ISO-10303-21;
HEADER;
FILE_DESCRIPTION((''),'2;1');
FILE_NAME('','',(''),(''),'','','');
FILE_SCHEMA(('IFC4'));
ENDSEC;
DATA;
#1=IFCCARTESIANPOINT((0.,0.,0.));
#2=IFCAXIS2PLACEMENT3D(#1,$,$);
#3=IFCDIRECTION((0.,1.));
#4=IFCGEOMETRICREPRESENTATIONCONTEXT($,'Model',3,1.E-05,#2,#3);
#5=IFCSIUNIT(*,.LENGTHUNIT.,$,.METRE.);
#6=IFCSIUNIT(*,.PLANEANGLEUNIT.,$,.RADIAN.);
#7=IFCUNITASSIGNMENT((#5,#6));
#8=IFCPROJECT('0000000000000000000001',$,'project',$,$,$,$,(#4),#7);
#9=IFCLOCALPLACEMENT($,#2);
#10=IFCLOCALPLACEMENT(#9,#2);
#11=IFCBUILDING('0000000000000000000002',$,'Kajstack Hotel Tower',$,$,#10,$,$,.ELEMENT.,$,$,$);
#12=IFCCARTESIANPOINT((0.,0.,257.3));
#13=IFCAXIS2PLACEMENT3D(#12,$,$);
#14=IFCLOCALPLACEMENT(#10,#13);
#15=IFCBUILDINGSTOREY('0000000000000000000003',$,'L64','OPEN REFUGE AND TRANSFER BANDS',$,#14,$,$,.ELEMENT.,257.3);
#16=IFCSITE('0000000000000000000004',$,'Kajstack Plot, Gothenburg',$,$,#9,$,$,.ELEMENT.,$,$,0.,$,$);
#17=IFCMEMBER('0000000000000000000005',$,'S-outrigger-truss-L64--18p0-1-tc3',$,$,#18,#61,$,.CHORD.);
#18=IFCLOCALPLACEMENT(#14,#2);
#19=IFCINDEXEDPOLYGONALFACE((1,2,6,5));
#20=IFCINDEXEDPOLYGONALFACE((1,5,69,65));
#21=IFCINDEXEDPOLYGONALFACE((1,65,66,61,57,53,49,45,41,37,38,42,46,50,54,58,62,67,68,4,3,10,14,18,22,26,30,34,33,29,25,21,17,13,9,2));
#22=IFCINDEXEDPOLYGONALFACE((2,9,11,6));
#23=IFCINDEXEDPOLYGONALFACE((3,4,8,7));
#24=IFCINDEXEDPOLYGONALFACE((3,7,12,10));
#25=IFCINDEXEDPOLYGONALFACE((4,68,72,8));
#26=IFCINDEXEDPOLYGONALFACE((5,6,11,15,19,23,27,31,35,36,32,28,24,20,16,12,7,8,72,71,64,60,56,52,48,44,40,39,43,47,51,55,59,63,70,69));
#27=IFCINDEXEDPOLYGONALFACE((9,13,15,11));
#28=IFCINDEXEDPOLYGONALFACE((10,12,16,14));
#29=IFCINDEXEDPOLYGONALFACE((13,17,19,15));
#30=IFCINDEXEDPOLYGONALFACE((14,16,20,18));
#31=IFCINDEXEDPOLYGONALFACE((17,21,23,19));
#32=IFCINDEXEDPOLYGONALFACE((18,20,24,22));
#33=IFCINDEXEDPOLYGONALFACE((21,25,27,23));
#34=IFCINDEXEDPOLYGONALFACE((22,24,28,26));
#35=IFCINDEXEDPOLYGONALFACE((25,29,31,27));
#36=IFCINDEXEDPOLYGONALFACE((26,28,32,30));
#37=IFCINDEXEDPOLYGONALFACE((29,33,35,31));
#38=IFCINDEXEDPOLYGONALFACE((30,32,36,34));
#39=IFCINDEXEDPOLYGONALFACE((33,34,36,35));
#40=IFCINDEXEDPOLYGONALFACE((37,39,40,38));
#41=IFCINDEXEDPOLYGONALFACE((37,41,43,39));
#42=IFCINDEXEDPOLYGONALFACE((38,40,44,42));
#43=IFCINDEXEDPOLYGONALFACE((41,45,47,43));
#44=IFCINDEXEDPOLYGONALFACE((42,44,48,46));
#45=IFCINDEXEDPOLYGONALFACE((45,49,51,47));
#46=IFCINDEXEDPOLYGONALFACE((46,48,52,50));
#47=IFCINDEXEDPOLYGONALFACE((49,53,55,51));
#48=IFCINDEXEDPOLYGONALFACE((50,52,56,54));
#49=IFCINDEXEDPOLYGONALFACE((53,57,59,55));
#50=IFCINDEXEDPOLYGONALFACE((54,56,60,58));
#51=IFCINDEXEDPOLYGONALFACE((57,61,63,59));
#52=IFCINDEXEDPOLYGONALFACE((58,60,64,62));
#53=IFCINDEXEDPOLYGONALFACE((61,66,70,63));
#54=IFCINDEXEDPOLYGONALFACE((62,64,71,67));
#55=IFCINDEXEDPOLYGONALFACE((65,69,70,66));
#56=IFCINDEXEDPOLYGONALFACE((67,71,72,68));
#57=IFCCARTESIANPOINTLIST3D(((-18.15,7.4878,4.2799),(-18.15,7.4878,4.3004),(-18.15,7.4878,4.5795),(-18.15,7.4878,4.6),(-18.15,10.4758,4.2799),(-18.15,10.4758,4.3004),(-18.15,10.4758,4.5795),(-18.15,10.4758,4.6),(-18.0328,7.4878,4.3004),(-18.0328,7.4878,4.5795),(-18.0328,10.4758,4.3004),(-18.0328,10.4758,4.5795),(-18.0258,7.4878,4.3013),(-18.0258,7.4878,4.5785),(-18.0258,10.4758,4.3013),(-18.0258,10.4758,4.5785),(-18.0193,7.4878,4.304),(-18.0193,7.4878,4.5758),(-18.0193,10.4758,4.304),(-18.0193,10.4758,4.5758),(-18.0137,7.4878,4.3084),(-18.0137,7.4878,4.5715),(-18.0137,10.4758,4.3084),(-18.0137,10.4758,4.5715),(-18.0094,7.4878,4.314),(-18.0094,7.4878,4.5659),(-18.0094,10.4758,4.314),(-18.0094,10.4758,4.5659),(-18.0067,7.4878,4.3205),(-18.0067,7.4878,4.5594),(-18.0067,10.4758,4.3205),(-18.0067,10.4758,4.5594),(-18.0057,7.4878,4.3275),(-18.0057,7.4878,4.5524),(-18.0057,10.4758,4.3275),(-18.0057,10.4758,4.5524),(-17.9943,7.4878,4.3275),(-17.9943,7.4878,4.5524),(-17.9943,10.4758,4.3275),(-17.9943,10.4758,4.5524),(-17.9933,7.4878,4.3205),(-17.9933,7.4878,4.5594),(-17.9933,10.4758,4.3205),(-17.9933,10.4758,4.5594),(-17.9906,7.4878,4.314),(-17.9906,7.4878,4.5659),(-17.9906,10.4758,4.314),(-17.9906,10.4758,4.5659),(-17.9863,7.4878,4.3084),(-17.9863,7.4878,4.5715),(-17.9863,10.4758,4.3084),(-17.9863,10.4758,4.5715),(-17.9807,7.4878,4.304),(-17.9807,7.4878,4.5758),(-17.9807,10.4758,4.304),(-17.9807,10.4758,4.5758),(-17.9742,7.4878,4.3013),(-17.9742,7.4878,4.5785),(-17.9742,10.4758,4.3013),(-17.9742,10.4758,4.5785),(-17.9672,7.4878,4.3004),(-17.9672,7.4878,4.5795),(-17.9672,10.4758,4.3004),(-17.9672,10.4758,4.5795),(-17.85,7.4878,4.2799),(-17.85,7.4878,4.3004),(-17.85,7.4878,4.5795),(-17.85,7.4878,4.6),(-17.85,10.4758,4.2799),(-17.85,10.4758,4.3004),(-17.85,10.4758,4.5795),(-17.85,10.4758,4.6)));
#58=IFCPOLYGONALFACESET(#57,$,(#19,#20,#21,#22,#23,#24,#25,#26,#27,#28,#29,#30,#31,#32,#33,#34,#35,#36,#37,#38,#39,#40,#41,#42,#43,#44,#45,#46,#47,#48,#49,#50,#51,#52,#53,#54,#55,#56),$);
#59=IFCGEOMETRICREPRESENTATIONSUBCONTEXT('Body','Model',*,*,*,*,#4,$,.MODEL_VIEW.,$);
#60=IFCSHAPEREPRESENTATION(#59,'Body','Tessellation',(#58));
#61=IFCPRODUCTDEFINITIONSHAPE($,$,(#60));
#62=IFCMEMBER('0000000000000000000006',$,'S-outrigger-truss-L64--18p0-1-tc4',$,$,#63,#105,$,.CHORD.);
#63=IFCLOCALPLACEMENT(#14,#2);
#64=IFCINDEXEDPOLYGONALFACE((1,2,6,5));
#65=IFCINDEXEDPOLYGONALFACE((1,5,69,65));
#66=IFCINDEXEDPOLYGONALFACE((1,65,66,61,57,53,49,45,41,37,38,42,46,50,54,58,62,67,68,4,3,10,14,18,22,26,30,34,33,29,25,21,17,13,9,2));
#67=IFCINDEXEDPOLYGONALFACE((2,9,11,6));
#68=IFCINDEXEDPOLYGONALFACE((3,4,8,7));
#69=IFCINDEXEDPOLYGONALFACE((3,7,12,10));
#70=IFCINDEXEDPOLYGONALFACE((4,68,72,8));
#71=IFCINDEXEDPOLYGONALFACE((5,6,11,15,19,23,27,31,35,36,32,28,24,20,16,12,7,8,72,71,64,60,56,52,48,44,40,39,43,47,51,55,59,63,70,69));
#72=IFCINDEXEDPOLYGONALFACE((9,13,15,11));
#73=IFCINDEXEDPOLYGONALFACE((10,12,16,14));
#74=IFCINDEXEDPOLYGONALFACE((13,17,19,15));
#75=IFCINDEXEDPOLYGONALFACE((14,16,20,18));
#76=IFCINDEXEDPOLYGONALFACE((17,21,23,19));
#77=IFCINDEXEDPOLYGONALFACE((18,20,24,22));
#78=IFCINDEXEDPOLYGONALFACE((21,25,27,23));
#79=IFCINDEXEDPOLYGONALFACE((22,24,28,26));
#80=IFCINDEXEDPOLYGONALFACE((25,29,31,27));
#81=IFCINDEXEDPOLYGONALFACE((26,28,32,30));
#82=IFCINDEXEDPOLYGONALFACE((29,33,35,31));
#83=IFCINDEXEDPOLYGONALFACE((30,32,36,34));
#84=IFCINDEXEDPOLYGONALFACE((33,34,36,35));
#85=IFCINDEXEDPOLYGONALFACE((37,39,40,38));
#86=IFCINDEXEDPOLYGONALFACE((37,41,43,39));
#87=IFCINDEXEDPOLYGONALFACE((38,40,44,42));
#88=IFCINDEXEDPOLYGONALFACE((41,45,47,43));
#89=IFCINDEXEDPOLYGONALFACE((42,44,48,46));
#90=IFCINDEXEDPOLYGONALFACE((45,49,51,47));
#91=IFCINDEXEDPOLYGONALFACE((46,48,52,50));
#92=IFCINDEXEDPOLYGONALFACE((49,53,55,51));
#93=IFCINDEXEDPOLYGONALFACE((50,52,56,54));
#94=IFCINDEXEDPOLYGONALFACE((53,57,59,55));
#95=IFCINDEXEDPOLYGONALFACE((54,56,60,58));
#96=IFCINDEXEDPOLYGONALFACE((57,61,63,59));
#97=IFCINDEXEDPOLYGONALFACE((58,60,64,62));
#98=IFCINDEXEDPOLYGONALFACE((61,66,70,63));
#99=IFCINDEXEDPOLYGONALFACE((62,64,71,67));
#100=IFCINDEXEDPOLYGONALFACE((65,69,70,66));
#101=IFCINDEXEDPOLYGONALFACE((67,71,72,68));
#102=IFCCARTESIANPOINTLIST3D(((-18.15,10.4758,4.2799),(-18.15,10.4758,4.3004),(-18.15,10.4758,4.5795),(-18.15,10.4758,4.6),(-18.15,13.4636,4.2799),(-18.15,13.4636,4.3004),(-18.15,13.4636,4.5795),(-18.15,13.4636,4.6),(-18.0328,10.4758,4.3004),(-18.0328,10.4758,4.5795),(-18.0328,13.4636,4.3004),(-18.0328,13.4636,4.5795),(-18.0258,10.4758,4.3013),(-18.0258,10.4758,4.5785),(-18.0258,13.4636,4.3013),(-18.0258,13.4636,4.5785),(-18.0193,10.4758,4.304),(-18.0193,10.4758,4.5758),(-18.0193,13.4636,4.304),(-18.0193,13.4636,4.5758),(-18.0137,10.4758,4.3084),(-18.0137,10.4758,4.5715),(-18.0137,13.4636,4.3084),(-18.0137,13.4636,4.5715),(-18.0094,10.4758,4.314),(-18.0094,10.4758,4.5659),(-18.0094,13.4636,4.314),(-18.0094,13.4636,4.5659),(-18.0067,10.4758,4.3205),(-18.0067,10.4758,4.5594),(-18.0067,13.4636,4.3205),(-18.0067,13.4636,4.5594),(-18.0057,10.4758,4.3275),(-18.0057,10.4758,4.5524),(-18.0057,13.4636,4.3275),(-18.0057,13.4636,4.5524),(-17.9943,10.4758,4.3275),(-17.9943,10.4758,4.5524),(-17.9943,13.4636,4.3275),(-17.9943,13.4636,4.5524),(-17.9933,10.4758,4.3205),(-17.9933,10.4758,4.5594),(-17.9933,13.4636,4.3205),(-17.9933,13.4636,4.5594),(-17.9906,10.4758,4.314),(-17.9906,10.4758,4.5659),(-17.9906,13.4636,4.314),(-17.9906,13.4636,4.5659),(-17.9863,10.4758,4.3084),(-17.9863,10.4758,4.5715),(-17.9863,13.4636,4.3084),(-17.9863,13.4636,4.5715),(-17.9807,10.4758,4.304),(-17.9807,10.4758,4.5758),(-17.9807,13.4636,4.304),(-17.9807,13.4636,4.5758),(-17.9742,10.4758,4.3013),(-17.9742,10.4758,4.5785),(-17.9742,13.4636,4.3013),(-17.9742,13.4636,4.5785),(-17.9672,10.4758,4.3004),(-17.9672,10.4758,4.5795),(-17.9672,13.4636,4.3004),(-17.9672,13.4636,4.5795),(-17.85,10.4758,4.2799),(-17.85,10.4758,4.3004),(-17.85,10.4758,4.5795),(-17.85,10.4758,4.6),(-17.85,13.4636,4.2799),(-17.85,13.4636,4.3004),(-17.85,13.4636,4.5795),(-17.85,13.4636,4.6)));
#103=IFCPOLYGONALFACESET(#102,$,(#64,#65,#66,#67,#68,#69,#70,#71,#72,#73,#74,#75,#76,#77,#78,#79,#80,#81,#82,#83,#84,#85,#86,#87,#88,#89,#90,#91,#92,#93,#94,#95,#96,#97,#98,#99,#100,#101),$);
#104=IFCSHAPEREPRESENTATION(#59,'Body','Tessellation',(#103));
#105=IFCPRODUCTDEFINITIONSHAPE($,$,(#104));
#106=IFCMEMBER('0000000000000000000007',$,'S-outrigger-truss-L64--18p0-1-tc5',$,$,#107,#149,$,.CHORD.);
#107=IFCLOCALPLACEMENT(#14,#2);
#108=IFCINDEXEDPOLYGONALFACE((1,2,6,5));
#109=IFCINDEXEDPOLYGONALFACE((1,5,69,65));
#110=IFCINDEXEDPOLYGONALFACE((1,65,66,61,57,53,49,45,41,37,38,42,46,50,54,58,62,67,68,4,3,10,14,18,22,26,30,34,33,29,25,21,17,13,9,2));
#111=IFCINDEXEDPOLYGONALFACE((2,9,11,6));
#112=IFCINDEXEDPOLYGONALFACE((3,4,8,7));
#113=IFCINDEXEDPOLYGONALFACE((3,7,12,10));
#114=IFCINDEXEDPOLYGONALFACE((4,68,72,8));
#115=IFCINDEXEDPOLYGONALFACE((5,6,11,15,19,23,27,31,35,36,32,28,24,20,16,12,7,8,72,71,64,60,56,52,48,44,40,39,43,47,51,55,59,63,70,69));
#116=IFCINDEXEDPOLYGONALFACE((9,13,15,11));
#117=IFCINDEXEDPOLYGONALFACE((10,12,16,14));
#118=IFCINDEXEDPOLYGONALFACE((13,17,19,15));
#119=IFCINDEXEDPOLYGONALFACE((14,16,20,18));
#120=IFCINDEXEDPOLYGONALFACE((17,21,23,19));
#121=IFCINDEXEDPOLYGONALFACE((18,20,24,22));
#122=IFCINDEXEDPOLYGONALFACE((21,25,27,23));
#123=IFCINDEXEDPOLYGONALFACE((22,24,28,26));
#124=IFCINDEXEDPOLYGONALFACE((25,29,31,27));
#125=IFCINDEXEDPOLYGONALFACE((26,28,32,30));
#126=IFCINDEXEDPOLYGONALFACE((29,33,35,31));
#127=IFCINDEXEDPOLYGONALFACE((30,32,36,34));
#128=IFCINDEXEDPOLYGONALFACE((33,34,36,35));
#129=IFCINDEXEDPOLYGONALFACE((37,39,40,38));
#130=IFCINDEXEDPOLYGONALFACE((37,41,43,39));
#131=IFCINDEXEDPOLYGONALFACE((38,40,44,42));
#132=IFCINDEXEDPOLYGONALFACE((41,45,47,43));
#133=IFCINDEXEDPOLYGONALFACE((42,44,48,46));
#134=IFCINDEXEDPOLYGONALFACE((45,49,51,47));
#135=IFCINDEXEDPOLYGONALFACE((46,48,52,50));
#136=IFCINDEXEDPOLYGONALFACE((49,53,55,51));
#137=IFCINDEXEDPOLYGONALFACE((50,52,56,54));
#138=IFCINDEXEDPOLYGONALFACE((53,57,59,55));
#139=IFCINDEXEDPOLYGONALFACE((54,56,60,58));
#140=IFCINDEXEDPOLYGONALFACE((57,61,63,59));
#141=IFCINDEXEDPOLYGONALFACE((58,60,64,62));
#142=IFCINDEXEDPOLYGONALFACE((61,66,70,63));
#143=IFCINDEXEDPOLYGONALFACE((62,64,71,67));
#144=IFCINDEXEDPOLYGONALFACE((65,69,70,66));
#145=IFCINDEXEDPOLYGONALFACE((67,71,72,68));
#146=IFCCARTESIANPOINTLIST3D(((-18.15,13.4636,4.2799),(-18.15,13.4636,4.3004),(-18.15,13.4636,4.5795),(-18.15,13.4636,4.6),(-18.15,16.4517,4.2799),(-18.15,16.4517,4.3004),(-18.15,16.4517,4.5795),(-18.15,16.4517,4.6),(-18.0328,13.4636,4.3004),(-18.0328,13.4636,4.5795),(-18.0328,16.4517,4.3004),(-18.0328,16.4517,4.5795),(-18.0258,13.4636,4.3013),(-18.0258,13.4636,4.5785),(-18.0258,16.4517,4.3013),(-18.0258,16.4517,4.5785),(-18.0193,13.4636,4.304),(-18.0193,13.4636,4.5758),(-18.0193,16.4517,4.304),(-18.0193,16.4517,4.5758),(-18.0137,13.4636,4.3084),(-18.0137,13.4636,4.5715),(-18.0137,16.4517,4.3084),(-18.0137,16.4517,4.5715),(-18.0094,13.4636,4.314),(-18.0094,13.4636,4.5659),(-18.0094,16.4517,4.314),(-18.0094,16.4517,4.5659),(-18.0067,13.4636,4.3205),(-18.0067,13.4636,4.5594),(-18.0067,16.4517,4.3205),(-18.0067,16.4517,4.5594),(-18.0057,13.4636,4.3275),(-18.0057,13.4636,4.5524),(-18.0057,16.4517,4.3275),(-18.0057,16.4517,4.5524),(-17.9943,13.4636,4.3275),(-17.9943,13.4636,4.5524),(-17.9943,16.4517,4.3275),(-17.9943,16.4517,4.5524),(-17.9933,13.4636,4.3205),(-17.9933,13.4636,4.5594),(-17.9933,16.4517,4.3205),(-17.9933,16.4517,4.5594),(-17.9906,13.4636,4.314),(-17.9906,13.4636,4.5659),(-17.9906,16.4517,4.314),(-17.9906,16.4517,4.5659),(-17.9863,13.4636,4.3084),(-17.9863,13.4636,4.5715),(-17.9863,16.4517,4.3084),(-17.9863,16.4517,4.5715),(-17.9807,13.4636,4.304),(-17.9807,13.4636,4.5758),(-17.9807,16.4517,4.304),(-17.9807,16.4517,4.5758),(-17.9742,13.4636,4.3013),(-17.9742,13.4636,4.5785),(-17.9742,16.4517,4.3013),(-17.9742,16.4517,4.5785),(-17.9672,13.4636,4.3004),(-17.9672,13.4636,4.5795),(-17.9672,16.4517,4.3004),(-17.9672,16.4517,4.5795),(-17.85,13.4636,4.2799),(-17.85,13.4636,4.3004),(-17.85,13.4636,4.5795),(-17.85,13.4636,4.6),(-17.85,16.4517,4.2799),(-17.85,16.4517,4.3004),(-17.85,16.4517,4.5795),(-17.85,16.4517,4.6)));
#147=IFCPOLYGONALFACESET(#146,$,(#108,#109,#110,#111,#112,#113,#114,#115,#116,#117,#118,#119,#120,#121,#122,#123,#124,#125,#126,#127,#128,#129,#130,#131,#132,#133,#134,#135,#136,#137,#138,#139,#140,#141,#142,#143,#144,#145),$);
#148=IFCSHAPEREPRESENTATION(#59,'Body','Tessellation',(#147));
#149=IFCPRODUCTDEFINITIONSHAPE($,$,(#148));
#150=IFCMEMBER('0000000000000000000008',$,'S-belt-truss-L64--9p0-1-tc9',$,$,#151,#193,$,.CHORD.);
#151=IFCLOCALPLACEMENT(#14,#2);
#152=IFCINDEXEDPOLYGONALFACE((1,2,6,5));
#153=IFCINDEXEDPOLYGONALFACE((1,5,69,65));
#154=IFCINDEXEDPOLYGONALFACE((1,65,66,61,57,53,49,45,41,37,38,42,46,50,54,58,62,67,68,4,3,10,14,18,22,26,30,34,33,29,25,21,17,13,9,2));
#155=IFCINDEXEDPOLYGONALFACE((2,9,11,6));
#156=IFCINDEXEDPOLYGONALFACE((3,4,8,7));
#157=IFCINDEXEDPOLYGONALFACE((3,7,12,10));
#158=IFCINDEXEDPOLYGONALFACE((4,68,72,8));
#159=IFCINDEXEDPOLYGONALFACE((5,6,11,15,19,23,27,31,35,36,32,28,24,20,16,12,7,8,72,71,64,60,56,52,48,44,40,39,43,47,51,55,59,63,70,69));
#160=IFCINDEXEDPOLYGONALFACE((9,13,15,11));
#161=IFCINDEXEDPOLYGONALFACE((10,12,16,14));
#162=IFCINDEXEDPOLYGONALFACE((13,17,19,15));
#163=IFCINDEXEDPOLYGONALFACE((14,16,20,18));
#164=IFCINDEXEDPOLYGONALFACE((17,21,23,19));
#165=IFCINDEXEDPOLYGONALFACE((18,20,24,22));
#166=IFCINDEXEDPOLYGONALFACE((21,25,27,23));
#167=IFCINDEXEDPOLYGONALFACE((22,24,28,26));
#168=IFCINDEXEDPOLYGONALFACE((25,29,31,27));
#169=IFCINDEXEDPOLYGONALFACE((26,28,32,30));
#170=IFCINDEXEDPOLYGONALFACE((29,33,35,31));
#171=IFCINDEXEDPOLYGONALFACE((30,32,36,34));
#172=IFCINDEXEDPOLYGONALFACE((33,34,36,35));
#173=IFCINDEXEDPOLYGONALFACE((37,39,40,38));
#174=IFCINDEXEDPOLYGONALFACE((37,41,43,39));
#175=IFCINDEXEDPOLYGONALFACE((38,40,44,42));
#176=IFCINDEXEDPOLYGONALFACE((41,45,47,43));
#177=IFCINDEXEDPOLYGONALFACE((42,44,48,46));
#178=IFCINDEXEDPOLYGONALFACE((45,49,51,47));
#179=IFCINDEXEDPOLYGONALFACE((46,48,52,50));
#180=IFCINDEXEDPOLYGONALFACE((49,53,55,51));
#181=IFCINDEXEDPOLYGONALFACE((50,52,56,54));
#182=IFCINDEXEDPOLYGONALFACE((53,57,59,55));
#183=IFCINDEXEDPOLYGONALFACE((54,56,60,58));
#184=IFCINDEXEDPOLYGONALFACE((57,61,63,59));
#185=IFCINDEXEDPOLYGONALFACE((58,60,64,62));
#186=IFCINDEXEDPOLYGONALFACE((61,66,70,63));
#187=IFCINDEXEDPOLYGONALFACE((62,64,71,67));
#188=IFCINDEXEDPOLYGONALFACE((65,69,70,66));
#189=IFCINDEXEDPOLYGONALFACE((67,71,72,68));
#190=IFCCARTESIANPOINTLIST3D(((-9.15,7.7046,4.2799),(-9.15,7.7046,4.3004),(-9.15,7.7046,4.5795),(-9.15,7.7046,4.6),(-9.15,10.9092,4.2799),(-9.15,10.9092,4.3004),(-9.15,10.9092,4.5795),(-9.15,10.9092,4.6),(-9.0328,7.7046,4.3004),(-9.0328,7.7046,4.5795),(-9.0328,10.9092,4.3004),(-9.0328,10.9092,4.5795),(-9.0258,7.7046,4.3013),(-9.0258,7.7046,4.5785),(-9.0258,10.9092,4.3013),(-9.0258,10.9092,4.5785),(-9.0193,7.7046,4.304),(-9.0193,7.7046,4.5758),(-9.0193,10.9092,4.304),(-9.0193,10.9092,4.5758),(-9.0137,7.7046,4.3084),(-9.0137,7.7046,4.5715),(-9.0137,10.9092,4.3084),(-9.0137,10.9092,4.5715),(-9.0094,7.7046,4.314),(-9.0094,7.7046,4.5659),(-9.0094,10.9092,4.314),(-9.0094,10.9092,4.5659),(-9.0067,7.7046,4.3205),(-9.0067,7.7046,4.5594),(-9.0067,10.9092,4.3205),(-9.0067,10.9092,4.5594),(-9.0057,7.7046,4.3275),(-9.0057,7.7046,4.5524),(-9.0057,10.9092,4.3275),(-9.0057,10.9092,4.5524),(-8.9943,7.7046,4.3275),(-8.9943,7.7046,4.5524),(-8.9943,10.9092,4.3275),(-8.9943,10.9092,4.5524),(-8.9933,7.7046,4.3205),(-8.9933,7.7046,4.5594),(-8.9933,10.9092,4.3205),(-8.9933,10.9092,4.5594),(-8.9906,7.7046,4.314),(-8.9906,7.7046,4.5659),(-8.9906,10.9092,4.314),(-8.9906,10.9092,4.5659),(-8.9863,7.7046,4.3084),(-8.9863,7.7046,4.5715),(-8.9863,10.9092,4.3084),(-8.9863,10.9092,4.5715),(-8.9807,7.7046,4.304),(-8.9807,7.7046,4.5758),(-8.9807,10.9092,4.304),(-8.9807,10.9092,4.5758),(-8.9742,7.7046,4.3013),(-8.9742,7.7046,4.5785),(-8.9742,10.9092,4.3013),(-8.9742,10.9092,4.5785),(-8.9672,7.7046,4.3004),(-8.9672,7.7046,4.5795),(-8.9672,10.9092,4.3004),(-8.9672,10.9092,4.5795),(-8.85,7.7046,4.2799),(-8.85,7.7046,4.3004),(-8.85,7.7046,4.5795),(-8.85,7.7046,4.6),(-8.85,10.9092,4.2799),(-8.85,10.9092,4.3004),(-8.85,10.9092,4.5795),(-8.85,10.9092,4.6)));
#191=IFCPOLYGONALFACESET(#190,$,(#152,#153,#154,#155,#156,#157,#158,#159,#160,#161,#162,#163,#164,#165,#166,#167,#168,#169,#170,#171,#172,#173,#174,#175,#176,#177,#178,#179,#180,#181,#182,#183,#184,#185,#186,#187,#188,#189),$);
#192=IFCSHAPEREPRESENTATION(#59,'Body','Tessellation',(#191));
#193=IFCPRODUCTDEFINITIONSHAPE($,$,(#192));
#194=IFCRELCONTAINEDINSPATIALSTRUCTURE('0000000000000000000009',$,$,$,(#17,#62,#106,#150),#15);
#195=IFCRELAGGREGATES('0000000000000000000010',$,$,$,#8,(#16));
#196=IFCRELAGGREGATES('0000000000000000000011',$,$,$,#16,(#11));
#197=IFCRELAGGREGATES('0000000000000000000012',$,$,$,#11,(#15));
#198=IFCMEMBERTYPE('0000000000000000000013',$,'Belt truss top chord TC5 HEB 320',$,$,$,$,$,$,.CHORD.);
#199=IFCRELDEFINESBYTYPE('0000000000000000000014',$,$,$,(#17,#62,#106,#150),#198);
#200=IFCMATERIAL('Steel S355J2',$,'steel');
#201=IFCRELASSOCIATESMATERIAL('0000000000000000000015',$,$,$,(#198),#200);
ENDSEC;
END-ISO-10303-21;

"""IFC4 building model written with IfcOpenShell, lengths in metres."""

from ifc_helpers import new_model, si_unit, direction, frame, origin, origin_2d, place, context, subcontext, project, spatial, i_section, extrude, material, material_profile, profile_set, type_object, element, save


model = new_model("IFC4")

# Units and contexts
model_context = context("Model", 3, precision=1e-05, world=origin(), true_north=direction((0.0, 1.0)))
body_context = subcontext(model_context, "Body", "Model", "MODEL_VIEW")
ifc_project = project(units=[si_unit("LENGTHUNIT", "METRE"), si_unit("PLANEANGLEUNIT", "RADIAN")], contexts=[model_context])

# Site, building, storey
site_placement = place(None, origin())
site = spatial("IfcSite", under=ifc_project, at=site_placement, Name="Kajstack Plot, Gothenburg", CompositionType="ELEMENT", RefElevation=0.0)
building_placement = place(site_placement, origin())
building = spatial("IfcBuilding", under=site, at=building_placement, Name="Kajstack Hotel Tower", CompositionType="ELEMENT")
storey_placement = place(building_placement, frame((0.0, 0.0, 257.3)))
storey = spatial("IfcBuildingStorey", under=building, at=storey_placement, Name="L64", Description="OPEN REFUGE AND TRANSFER BANDS", CompositionType="ELEMENT", Elevation=257.3)

# Members
ifc_material = material(Name="Steel S355J2", Category="steel")
ifc_material_profile_1 = material_profile(ifc_material, i_section(OverallWidth=0.3, OverallDepth=0.3201, WebThickness=0.0115, FlangeThickness=0.0205, FilletRadius=0.0271, at=origin_2d()), Name="HEB 320")
ifc_profile_set_1 = profile_set([ifc_material_profile_1], Name="Steel S355J2")
member_type_1 = type_object("IfcMemberType", Name="Belt truss top chord TC5 HEB 320", PredefinedType="CHORD", material=ifc_profile_set_1)
member_1_placement = place(storey_placement, frame((-18.0, 7.4878, 4.4399), z_axis=(0.0, 1.0, 0.0), x_axis=(-1.0, 0.0, 0.0)))
element("IfcMember", 1, at=member_1_placement, inside=storey, type_object=member_type_1, Name="S-outrigger-truss-L64--18p0-1-tc3", PredefinedType="CHORD", context=body_context, shape_type="SweptSolid", body=[
    extrude(i_section(OverallWidth=0.3, OverallDepth=0.3201, WebThickness=0.0115, FlangeThickness=0.0205, FilletRadius=0.0271, at=origin_2d()), origin(), (0.0, 0.0, 1.0), 2.988),
])
member_2_placement = place(storey_placement, frame((-18.0, 10.4758, 4.4399), z_axis=(0.0, 1.0, 0.0), x_axis=(-1.0, 0.0, 0.0)))
element("IfcMember", 2, at=member_2_placement, inside=storey, type_object=member_type_1, Name="S-outrigger-truss-L64--18p0-1-tc4", PredefinedType="CHORD", context=body_context, shape_type="SweptSolid", body=[
    extrude(i_section(OverallWidth=0.3, OverallDepth=0.3201, WebThickness=0.0115, FlangeThickness=0.0205, FilletRadius=0.0271, at=origin_2d()), origin(), (0.0, 0.0, 1.0), 2.9878),
])
member_3_placement = place(storey_placement, frame((-18.0, 13.4636, 4.4399), z_axis=(0.0, 1.0, 0.0), x_axis=(-1.0, 0.0, 0.0)))
element("IfcMember", 3, at=member_3_placement, inside=storey, type_object=member_type_1, Name="S-outrigger-truss-L64--18p0-1-tc5", PredefinedType="CHORD", context=body_context, shape_type="SweptSolid", body=[
    extrude(i_section(OverallWidth=0.3, OverallDepth=0.3201, WebThickness=0.0115, FlangeThickness=0.0205, FilletRadius=0.0271, at=origin_2d()), origin(), (0.0, 0.0, 1.0), 2.988),
])
member_4_placement = place(storey_placement, frame((-9.0, 7.7046, 4.4399), z_axis=(0.0, 1.0, 0.0), x_axis=(-1.0, 0.0, 0.0)))
element("IfcMember", 4, at=member_4_placement, inside=storey, type_object=member_type_1, Name="S-belt-truss-L64--9p0-1-tc9", PredefinedType="CHORD", context=body_context, shape_type="SweptSolid", body=[
    extrude(i_section(OverallWidth=0.3, OverallDepth=0.3201, WebThickness=0.0115, FlangeThickness=0.0205, FilletRadius=0.0271, at=origin_2d()), origin(), (0.0, 0.0, 1.0), 3.2046),
])

save(model, "model.ifc")
